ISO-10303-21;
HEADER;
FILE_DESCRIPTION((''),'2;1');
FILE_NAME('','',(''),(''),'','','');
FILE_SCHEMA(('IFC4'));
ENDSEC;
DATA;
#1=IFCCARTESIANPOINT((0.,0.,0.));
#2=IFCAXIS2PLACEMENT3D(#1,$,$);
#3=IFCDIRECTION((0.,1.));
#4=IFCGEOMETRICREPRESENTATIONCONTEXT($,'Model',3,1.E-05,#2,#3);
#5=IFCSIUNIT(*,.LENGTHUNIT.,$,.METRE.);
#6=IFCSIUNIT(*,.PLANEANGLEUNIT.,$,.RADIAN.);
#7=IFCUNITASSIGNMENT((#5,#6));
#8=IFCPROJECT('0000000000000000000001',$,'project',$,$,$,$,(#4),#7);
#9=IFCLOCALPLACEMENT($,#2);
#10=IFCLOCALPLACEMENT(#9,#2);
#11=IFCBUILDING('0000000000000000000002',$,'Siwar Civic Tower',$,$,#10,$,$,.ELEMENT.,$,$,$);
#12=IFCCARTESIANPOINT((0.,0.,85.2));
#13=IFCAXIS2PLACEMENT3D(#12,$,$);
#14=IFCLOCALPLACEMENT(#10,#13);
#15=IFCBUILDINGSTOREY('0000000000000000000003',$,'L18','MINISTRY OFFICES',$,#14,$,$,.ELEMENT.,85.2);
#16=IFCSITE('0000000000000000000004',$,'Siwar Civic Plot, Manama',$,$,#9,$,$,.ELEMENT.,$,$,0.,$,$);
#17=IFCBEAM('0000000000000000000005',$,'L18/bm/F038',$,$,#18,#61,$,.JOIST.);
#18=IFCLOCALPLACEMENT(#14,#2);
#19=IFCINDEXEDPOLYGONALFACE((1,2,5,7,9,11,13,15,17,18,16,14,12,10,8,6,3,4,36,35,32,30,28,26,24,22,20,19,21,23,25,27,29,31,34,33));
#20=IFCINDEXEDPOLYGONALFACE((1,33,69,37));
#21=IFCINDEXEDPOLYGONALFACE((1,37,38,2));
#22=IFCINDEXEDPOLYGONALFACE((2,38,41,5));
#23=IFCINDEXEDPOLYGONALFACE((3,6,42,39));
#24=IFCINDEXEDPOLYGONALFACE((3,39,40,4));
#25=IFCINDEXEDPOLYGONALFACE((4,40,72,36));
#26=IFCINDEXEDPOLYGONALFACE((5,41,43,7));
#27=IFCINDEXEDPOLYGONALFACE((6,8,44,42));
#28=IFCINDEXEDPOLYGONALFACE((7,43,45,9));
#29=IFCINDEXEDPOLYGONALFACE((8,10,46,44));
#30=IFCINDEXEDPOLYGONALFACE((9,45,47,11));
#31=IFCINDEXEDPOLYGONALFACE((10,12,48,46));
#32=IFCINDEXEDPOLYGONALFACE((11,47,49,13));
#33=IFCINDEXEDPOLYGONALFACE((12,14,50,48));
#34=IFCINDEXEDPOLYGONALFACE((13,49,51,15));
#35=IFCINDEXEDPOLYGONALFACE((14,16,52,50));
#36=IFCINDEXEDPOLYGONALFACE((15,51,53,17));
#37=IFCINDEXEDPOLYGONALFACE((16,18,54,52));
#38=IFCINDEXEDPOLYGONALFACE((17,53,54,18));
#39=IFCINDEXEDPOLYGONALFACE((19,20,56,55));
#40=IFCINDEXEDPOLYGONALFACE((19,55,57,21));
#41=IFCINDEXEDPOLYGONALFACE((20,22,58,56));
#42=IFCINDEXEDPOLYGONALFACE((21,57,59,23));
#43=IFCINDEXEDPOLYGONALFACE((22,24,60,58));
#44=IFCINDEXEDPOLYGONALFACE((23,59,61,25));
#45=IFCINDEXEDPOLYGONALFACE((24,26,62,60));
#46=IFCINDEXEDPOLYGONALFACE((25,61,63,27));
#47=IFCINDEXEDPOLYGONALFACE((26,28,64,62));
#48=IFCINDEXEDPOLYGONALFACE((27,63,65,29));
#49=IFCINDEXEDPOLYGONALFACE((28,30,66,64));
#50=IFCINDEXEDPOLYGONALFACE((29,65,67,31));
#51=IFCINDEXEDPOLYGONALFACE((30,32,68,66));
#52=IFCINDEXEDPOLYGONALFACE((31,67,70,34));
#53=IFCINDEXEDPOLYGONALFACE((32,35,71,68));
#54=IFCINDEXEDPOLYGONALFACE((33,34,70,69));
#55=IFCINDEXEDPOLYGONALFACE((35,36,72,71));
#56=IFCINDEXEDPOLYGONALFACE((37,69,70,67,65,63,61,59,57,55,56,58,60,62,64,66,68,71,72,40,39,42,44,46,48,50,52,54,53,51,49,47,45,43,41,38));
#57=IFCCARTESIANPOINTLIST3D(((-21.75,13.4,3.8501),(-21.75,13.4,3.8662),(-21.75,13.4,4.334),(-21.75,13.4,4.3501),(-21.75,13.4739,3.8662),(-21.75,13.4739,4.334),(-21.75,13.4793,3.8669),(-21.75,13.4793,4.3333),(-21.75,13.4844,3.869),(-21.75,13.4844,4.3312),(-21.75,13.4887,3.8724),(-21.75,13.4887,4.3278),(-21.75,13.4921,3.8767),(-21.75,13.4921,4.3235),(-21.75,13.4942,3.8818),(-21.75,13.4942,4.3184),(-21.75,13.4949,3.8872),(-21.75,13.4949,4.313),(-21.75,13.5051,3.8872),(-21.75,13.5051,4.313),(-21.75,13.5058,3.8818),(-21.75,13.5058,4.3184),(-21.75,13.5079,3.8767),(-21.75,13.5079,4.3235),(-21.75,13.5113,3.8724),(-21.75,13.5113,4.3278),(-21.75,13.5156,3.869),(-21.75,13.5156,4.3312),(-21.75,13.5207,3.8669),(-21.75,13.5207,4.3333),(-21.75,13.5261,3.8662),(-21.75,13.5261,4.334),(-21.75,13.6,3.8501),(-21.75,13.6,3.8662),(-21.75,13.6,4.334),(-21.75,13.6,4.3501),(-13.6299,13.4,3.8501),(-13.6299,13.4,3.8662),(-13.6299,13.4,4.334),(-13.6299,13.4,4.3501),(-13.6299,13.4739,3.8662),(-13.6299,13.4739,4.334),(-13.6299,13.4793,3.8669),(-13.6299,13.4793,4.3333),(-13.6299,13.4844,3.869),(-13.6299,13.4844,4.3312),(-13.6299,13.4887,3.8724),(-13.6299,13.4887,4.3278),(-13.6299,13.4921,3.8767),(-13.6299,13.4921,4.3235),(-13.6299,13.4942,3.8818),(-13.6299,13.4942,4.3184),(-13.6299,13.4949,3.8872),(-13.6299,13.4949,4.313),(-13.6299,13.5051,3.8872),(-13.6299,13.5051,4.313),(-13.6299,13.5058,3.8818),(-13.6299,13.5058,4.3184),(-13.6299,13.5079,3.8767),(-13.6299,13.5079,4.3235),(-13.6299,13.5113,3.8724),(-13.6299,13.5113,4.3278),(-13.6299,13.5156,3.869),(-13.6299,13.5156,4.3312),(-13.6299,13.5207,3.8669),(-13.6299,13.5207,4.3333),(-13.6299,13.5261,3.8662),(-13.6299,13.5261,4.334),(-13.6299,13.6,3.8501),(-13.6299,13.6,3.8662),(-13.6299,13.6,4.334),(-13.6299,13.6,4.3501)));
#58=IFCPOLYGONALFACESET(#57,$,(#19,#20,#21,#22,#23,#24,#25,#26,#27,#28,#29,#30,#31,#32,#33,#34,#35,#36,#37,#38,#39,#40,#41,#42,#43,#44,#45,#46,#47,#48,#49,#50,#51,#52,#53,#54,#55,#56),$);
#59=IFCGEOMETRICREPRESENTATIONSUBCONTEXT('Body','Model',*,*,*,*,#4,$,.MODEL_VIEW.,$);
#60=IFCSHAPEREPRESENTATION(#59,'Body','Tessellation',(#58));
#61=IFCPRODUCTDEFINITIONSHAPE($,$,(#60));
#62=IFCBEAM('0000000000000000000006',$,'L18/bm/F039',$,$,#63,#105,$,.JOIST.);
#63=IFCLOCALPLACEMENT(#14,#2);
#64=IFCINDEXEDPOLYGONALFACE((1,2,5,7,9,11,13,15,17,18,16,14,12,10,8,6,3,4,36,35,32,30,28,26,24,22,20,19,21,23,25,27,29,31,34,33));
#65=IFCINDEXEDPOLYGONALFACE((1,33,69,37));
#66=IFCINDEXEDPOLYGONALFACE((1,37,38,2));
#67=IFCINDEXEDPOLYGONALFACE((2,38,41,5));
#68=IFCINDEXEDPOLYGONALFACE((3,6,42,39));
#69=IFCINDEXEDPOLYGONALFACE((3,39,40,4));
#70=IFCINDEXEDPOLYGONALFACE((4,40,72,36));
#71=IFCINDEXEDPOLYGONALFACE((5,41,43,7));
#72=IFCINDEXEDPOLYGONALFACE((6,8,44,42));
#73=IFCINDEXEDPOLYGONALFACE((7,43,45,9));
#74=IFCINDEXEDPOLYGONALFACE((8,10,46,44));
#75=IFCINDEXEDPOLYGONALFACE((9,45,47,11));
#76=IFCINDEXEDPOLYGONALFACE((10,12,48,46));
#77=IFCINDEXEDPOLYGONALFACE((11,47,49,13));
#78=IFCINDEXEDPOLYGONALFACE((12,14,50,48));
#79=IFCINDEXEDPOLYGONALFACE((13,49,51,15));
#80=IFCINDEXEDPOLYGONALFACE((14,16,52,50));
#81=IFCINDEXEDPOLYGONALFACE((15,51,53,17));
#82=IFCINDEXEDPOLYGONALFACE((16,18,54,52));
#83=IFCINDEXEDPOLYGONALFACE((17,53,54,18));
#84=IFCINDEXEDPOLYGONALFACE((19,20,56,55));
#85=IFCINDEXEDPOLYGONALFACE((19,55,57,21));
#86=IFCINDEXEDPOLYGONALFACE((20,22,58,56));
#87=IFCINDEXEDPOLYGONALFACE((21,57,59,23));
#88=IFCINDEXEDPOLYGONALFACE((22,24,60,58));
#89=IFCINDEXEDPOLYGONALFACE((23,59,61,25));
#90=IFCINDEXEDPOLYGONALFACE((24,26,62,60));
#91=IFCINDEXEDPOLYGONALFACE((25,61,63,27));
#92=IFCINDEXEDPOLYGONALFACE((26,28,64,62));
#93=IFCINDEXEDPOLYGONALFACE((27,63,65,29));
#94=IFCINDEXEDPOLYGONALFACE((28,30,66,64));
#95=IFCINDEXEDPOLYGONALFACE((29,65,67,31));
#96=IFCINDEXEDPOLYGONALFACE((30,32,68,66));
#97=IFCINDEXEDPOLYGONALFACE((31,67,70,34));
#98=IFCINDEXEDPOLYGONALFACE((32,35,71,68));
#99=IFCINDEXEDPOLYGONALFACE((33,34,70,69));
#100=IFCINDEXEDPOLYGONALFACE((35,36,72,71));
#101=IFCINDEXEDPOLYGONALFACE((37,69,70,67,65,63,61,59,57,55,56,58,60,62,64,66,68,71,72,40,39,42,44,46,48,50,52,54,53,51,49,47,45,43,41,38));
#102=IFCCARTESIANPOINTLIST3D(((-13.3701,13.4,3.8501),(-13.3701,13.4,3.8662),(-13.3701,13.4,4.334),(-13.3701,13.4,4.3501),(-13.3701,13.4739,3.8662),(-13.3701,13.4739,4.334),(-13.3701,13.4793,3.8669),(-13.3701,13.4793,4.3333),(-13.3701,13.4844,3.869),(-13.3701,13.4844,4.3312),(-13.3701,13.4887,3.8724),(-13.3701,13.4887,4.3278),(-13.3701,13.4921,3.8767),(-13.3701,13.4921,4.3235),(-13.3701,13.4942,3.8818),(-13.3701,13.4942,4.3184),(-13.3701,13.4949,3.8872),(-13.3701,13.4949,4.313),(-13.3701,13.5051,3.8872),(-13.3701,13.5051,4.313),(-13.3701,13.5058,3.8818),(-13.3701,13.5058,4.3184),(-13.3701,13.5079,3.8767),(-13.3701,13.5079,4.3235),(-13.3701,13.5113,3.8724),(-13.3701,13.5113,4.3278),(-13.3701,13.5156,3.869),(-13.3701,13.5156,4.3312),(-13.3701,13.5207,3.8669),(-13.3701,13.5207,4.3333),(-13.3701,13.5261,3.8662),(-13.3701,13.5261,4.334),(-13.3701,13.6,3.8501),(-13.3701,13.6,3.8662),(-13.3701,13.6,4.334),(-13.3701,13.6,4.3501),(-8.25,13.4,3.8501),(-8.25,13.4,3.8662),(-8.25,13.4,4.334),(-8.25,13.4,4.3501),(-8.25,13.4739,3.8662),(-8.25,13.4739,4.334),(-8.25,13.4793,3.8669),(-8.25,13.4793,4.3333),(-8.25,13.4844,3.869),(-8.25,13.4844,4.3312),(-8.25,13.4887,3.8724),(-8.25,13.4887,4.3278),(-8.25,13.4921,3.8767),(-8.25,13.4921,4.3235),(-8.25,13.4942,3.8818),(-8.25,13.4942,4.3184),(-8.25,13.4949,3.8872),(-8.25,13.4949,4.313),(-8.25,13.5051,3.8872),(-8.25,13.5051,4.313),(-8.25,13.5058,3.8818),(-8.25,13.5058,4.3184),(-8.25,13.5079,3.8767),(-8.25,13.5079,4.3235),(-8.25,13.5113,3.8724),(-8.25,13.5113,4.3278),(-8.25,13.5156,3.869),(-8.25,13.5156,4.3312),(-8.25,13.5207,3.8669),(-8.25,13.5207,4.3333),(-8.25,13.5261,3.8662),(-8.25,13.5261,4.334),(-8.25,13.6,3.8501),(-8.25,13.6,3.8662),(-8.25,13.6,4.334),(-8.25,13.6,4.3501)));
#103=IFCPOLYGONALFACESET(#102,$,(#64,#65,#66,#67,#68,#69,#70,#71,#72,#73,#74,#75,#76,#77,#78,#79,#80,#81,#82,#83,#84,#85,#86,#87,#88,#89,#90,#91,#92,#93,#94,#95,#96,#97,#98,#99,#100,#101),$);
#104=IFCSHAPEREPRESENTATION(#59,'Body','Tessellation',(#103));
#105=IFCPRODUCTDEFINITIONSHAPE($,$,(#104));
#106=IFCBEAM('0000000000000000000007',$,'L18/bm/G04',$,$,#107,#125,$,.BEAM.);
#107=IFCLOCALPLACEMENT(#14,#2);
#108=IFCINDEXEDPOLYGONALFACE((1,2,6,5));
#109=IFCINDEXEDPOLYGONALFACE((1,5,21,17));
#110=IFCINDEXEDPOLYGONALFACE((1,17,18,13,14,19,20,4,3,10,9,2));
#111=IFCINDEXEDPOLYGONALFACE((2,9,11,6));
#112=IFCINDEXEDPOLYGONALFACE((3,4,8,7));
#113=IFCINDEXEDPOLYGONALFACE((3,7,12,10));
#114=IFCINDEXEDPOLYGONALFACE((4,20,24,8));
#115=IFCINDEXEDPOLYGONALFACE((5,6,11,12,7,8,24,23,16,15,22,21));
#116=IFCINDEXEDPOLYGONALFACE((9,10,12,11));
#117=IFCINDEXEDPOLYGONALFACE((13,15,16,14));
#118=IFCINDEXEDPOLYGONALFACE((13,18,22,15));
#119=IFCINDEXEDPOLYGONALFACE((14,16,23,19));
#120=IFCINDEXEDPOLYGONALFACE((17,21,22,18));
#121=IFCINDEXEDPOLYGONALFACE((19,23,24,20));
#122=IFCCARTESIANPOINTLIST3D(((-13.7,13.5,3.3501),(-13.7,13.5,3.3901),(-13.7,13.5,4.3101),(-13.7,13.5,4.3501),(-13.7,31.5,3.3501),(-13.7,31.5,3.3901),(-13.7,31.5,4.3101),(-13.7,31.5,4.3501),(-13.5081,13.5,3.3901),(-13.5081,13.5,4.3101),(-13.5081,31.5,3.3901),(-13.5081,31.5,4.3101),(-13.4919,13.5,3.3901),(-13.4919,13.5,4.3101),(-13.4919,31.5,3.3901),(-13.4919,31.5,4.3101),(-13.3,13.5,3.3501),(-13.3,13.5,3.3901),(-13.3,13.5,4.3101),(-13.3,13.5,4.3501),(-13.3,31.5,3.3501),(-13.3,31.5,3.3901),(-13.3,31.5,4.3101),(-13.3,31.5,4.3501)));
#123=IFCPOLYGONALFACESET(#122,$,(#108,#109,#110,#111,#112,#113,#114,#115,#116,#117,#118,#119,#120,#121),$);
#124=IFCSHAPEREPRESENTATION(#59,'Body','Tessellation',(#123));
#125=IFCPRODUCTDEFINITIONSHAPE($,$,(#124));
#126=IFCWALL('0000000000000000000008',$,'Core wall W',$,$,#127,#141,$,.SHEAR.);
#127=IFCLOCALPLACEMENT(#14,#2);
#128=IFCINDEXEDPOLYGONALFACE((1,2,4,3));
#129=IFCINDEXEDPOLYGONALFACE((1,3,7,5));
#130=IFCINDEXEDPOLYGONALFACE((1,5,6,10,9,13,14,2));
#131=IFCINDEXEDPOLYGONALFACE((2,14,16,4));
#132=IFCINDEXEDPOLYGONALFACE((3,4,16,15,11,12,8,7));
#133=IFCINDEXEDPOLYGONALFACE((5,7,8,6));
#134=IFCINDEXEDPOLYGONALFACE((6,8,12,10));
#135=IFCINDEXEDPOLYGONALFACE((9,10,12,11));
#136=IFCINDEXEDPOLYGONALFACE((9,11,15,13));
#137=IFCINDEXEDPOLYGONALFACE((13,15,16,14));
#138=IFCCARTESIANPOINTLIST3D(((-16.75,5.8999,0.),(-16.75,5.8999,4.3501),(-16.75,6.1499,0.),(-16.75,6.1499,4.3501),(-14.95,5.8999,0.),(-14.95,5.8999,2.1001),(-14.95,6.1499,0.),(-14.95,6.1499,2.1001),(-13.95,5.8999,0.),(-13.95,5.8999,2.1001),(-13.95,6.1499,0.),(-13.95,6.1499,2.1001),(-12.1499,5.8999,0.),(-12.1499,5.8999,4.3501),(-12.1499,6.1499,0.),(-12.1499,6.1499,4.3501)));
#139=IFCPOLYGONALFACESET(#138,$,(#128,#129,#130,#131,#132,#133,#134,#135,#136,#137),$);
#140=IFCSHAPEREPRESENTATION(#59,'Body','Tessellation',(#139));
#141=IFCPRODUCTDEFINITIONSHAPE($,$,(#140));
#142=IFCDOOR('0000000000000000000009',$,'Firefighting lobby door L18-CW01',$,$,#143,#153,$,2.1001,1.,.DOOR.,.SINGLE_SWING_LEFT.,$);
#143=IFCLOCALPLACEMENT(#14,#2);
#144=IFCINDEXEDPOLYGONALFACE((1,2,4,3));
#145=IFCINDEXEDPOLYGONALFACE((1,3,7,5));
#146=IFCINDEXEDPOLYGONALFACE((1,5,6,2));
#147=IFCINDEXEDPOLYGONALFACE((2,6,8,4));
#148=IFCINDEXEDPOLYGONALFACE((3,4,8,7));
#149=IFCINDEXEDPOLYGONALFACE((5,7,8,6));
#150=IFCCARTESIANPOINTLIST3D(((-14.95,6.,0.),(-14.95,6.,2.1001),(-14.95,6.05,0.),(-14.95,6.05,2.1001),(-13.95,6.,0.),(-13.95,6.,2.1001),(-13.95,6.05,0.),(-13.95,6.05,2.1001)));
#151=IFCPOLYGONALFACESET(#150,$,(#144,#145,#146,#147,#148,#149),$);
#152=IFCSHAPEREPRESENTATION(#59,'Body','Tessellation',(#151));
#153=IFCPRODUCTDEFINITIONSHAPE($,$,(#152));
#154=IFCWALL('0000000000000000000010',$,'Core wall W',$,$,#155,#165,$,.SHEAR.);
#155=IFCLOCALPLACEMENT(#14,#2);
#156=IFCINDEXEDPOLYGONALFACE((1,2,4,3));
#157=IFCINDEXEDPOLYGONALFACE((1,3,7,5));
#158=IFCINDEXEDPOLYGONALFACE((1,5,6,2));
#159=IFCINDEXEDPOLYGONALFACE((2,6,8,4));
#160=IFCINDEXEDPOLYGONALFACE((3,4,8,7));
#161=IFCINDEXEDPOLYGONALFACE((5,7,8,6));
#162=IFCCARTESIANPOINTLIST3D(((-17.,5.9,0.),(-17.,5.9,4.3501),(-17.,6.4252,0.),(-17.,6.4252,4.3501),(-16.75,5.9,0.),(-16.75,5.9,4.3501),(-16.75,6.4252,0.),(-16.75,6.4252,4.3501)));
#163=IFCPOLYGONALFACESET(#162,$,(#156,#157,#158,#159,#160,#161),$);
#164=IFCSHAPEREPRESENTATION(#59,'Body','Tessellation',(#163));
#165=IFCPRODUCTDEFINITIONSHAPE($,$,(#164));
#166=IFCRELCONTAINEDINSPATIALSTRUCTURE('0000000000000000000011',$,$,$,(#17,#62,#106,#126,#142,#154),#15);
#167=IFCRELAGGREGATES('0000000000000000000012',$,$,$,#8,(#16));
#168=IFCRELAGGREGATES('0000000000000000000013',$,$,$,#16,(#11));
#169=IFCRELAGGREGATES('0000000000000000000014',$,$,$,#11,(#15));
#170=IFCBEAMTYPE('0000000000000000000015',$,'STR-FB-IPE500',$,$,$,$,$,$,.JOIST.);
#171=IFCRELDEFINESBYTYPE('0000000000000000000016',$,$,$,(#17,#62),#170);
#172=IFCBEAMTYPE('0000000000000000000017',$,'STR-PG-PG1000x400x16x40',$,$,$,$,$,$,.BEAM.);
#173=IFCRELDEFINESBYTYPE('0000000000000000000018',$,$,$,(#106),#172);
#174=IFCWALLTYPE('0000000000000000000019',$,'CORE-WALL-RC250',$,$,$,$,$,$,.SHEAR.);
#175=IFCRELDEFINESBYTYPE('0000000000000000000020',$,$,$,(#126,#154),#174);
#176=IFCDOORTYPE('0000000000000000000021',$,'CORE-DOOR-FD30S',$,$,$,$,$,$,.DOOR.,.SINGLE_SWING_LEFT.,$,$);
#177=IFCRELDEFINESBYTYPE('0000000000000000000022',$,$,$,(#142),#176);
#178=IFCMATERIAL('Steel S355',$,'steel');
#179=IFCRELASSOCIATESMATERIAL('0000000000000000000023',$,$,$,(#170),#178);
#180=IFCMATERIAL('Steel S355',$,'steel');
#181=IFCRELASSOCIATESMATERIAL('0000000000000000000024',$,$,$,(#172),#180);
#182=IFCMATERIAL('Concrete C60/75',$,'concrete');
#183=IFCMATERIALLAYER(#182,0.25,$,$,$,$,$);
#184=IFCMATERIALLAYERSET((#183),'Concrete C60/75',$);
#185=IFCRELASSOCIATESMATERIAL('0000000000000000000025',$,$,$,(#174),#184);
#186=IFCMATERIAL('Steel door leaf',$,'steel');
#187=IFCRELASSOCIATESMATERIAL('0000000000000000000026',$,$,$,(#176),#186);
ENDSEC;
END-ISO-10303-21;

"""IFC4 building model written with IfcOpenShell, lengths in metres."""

from ifc_helpers import new_model, si_unit, direction, frame, frame_2d, origin, origin_2d, place, context, subcontext, project, spatial, rectangle, i_section, extrude, material, layer, layer_set, material_profile, profile_set, type_object, element, fill, save


model = new_model("IFC4")

# Units and contexts
model_context = context("Model", 3, precision=1e-05, world=origin(), true_north=direction((0.0, 1.0)))
body_context = subcontext(model_context, "Body", "Model", "MODEL_VIEW")
ifc_project = project(units=[si_unit("LENGTHUNIT", "METRE"), si_unit("PLANEANGLEUNIT", "RADIAN")], contexts=[model_context])

# Site, building, storey
site_placement = place(None, origin())
site = spatial("IfcSite", under=ifc_project, at=site_placement, Name="Siwar Civic Plot, Manama", CompositionType="ELEMENT", RefElevation=0.0)
building_placement = place(site_placement, origin())
building = spatial("IfcBuilding", under=site, at=building_placement, Name="Siwar Civic Tower", CompositionType="ELEMENT")
storey_placement = place(building_placement, frame((0.0, 0.0, 85.2)))
storey = spatial("IfcBuildingStorey", under=building, at=storey_placement, Name="L18", Description="MINISTRY OFFICES", CompositionType="ELEMENT", Elevation=85.2)

# Beams
ifc_material_1 = material(Name="Steel S355", Category="steel")
ifc_material_profile_1 = material_profile(ifc_material_1, i_section(OverallWidth=0.2, OverallDepth=0.5, WebThickness=0.0103, FlangeThickness=0.0161, FilletRadius=0.021, at=origin_2d()), Name="IPE500")
ifc_profile_set_1 = profile_set([ifc_material_profile_1], Name="Steel S355")
beam_type_1 = type_object("IfcBeamType", Name="STR-FB-IPE500", PredefinedType="JOIST", material=ifc_profile_set_1)
beam_1_placement = place(storey_placement, frame((-21.75, 13.5, 4.1001), z_axis=(1.0, 0.0, 0.0), x_axis=(0.0, 1.0, 0.0)))
element("IfcBeam", 1, at=beam_1_placement, inside=storey, type_object=beam_type_1, Name="L18/bm/F038", PredefinedType="JOIST", context=body_context, shape_type="SweptSolid", body=[
    extrude(i_section(OverallWidth=0.2, OverallDepth=0.5, WebThickness=0.0103, FlangeThickness=0.0161, FilletRadius=0.021, at=origin_2d()), origin(), (0.0, 0.0, 1.0), 8.1201),
])
beam_2_placement = place(storey_placement, frame((-13.3701, 13.5, 4.1001), z_axis=(1.0, 0.0, 0.0), x_axis=(0.0, 1.0, 0.0)))
element("IfcBeam", 2, at=beam_2_placement, inside=storey, type_object=beam_type_1, Name="L18/bm/F039", PredefinedType="JOIST", context=body_context, shape_type="SweptSolid", body=[
    extrude(i_section(OverallWidth=0.2, OverallDepth=0.5, WebThickness=0.0103, FlangeThickness=0.0161, FilletRadius=0.021, at=origin_2d()), origin(), (0.0, 0.0, 1.0), 5.1201),
])
ifc_material_2 = material(Name="Steel S355", Category="steel")
ifc_material_profile_2 = material_profile(ifc_material_2, i_section(OverallWidth=0.3999, OverallDepth=1.0, WebThickness=0.0161, FlangeThickness=0.04, at=origin_2d()), Name="PG1000x400x16x40")
ifc_profile_set_2 = profile_set([ifc_material_profile_2], Name="Steel S355")
beam_type_2 = type_object("IfcBeamType", Name="STR-PG-PG1000x400x16x40", PredefinedType="BEAM", material=ifc_profile_set_2)
beam_3_placement = place(storey_placement, frame((-13.5, 13.5, 3.8501), z_axis=(0.0, 1.0, 0.0), x_axis=(-1.0, 0.0, 0.0)))
element("IfcBeam", 3, at=beam_3_placement, inside=storey, type_object=beam_type_2, Name="L18/bm/G04", PredefinedType="BEAM", context=body_context, shape_type="SweptSolid", body=[
    extrude(i_section(OverallWidth=0.3999, OverallDepth=1.0, WebThickness=0.0161, FlangeThickness=0.04, at=origin_2d()), origin(), (0.0, 0.0, 1.0), 18.0),
])

# Wall, opening, door
ifc_material_3 = material(Name="Concrete C60/75", Category="concrete")
ifc_layer_1 = layer(ifc_material_3, 0.25)
ifc_layer_set_1 = layer_set([ifc_layer_1], Name="Concrete C60/75")
wall_type_1 = type_object("IfcWallType", Name="CORE-WALL-RC250", PredefinedType="SHEAR", material=ifc_layer_set_1)
wall_1_placement = place(storey_placement, frame((-12.1499, 6.0249, 0.0), z_axis=(0.0, 0.0, 1.0), x_axis=(-1.0, 0.0, 0.0)))
wall_1 = element("IfcWall", 4, at=wall_1_placement, inside=storey, type_object=wall_type_1, Name="Core wall W", PredefinedType="SHEAR", context=body_context, shape_type="SweptSolid", body=[
    extrude(rectangle(XDim=4.6001, YDim=0.25, at=frame_2d((2.3, 0.0))), origin(), (0.0, 0.0, 1.0), 4.3501),
])
opening_1_placement = place(wall_1_placement, frame((1.8, 0.0, 0.0)))
opening_1 = element("IfcOpeningElement", 5, at=opening_1_placement, cuts=wall_1, PredefinedType="OPENING", context=body_context, shape_type="SweptSolid", body=[
    extrude(rectangle(XDim=1.0, YDim=2.1001, at=frame_2d((0.5, 1.05))), frame((0.0, 0.135, 0.0), z_axis=(0.0, -1.0, 0.0), x_axis=(1.0, 0.0, 0.0)), (0.0, 0.0, 1.0), 0.27),
])
ifc_material_4 = material(Name="Steel door leaf", Category="steel")
door_type_1 = type_object("IfcDoorType", Name="CORE-DOOR-FD30S", OperationType="SINGLE_SWING_LEFT", PredefinedType="DOOR", material=ifc_material_4)
door_1_placement = place(opening_1_placement, origin())
door_1 = element("IfcDoor", 6, at=door_1_placement, inside=storey, type_object=door_type_1, Name="Firefighting lobby door L18-CW01", OperationType="SINGLE_SWING_LEFT", OverallHeight=2.1001, OverallWidth=1.0, PredefinedType="DOOR", context=body_context, shape_type="SweptSolid", body=[
    extrude(rectangle(XDim=1.0, YDim=2.1001, at=frame_2d((0.5, 1.05))), frame((0.0, 0.0249, 0.0), z_axis=(0.0, -1.0, 0.0), x_axis=(1.0, 0.0, 0.0)), (0.0, 0.0, 1.0), 0.05),
])
fill(opening_1, door_1)

# Wall
wall_2_placement = place(storey_placement, frame((-16.875, 5.8999, 0.0), z_axis=(0.0, 0.0, 1.0), x_axis=(0.0, 1.0, 0.0)))
element("IfcWall", 7, at=wall_2_placement, inside=storey, type_object=wall_type_1, Name="Core wall W", PredefinedType="SHEAR", context=body_context, shape_type="SweptSolid", body=[
    extrude(rectangle(XDim=0.5251, YDim=0.25, at=frame_2d((0.2627, 0.0))), origin(), (0.0, 0.0, 1.0), 4.3501),
])

save(model, "model.ifc")
